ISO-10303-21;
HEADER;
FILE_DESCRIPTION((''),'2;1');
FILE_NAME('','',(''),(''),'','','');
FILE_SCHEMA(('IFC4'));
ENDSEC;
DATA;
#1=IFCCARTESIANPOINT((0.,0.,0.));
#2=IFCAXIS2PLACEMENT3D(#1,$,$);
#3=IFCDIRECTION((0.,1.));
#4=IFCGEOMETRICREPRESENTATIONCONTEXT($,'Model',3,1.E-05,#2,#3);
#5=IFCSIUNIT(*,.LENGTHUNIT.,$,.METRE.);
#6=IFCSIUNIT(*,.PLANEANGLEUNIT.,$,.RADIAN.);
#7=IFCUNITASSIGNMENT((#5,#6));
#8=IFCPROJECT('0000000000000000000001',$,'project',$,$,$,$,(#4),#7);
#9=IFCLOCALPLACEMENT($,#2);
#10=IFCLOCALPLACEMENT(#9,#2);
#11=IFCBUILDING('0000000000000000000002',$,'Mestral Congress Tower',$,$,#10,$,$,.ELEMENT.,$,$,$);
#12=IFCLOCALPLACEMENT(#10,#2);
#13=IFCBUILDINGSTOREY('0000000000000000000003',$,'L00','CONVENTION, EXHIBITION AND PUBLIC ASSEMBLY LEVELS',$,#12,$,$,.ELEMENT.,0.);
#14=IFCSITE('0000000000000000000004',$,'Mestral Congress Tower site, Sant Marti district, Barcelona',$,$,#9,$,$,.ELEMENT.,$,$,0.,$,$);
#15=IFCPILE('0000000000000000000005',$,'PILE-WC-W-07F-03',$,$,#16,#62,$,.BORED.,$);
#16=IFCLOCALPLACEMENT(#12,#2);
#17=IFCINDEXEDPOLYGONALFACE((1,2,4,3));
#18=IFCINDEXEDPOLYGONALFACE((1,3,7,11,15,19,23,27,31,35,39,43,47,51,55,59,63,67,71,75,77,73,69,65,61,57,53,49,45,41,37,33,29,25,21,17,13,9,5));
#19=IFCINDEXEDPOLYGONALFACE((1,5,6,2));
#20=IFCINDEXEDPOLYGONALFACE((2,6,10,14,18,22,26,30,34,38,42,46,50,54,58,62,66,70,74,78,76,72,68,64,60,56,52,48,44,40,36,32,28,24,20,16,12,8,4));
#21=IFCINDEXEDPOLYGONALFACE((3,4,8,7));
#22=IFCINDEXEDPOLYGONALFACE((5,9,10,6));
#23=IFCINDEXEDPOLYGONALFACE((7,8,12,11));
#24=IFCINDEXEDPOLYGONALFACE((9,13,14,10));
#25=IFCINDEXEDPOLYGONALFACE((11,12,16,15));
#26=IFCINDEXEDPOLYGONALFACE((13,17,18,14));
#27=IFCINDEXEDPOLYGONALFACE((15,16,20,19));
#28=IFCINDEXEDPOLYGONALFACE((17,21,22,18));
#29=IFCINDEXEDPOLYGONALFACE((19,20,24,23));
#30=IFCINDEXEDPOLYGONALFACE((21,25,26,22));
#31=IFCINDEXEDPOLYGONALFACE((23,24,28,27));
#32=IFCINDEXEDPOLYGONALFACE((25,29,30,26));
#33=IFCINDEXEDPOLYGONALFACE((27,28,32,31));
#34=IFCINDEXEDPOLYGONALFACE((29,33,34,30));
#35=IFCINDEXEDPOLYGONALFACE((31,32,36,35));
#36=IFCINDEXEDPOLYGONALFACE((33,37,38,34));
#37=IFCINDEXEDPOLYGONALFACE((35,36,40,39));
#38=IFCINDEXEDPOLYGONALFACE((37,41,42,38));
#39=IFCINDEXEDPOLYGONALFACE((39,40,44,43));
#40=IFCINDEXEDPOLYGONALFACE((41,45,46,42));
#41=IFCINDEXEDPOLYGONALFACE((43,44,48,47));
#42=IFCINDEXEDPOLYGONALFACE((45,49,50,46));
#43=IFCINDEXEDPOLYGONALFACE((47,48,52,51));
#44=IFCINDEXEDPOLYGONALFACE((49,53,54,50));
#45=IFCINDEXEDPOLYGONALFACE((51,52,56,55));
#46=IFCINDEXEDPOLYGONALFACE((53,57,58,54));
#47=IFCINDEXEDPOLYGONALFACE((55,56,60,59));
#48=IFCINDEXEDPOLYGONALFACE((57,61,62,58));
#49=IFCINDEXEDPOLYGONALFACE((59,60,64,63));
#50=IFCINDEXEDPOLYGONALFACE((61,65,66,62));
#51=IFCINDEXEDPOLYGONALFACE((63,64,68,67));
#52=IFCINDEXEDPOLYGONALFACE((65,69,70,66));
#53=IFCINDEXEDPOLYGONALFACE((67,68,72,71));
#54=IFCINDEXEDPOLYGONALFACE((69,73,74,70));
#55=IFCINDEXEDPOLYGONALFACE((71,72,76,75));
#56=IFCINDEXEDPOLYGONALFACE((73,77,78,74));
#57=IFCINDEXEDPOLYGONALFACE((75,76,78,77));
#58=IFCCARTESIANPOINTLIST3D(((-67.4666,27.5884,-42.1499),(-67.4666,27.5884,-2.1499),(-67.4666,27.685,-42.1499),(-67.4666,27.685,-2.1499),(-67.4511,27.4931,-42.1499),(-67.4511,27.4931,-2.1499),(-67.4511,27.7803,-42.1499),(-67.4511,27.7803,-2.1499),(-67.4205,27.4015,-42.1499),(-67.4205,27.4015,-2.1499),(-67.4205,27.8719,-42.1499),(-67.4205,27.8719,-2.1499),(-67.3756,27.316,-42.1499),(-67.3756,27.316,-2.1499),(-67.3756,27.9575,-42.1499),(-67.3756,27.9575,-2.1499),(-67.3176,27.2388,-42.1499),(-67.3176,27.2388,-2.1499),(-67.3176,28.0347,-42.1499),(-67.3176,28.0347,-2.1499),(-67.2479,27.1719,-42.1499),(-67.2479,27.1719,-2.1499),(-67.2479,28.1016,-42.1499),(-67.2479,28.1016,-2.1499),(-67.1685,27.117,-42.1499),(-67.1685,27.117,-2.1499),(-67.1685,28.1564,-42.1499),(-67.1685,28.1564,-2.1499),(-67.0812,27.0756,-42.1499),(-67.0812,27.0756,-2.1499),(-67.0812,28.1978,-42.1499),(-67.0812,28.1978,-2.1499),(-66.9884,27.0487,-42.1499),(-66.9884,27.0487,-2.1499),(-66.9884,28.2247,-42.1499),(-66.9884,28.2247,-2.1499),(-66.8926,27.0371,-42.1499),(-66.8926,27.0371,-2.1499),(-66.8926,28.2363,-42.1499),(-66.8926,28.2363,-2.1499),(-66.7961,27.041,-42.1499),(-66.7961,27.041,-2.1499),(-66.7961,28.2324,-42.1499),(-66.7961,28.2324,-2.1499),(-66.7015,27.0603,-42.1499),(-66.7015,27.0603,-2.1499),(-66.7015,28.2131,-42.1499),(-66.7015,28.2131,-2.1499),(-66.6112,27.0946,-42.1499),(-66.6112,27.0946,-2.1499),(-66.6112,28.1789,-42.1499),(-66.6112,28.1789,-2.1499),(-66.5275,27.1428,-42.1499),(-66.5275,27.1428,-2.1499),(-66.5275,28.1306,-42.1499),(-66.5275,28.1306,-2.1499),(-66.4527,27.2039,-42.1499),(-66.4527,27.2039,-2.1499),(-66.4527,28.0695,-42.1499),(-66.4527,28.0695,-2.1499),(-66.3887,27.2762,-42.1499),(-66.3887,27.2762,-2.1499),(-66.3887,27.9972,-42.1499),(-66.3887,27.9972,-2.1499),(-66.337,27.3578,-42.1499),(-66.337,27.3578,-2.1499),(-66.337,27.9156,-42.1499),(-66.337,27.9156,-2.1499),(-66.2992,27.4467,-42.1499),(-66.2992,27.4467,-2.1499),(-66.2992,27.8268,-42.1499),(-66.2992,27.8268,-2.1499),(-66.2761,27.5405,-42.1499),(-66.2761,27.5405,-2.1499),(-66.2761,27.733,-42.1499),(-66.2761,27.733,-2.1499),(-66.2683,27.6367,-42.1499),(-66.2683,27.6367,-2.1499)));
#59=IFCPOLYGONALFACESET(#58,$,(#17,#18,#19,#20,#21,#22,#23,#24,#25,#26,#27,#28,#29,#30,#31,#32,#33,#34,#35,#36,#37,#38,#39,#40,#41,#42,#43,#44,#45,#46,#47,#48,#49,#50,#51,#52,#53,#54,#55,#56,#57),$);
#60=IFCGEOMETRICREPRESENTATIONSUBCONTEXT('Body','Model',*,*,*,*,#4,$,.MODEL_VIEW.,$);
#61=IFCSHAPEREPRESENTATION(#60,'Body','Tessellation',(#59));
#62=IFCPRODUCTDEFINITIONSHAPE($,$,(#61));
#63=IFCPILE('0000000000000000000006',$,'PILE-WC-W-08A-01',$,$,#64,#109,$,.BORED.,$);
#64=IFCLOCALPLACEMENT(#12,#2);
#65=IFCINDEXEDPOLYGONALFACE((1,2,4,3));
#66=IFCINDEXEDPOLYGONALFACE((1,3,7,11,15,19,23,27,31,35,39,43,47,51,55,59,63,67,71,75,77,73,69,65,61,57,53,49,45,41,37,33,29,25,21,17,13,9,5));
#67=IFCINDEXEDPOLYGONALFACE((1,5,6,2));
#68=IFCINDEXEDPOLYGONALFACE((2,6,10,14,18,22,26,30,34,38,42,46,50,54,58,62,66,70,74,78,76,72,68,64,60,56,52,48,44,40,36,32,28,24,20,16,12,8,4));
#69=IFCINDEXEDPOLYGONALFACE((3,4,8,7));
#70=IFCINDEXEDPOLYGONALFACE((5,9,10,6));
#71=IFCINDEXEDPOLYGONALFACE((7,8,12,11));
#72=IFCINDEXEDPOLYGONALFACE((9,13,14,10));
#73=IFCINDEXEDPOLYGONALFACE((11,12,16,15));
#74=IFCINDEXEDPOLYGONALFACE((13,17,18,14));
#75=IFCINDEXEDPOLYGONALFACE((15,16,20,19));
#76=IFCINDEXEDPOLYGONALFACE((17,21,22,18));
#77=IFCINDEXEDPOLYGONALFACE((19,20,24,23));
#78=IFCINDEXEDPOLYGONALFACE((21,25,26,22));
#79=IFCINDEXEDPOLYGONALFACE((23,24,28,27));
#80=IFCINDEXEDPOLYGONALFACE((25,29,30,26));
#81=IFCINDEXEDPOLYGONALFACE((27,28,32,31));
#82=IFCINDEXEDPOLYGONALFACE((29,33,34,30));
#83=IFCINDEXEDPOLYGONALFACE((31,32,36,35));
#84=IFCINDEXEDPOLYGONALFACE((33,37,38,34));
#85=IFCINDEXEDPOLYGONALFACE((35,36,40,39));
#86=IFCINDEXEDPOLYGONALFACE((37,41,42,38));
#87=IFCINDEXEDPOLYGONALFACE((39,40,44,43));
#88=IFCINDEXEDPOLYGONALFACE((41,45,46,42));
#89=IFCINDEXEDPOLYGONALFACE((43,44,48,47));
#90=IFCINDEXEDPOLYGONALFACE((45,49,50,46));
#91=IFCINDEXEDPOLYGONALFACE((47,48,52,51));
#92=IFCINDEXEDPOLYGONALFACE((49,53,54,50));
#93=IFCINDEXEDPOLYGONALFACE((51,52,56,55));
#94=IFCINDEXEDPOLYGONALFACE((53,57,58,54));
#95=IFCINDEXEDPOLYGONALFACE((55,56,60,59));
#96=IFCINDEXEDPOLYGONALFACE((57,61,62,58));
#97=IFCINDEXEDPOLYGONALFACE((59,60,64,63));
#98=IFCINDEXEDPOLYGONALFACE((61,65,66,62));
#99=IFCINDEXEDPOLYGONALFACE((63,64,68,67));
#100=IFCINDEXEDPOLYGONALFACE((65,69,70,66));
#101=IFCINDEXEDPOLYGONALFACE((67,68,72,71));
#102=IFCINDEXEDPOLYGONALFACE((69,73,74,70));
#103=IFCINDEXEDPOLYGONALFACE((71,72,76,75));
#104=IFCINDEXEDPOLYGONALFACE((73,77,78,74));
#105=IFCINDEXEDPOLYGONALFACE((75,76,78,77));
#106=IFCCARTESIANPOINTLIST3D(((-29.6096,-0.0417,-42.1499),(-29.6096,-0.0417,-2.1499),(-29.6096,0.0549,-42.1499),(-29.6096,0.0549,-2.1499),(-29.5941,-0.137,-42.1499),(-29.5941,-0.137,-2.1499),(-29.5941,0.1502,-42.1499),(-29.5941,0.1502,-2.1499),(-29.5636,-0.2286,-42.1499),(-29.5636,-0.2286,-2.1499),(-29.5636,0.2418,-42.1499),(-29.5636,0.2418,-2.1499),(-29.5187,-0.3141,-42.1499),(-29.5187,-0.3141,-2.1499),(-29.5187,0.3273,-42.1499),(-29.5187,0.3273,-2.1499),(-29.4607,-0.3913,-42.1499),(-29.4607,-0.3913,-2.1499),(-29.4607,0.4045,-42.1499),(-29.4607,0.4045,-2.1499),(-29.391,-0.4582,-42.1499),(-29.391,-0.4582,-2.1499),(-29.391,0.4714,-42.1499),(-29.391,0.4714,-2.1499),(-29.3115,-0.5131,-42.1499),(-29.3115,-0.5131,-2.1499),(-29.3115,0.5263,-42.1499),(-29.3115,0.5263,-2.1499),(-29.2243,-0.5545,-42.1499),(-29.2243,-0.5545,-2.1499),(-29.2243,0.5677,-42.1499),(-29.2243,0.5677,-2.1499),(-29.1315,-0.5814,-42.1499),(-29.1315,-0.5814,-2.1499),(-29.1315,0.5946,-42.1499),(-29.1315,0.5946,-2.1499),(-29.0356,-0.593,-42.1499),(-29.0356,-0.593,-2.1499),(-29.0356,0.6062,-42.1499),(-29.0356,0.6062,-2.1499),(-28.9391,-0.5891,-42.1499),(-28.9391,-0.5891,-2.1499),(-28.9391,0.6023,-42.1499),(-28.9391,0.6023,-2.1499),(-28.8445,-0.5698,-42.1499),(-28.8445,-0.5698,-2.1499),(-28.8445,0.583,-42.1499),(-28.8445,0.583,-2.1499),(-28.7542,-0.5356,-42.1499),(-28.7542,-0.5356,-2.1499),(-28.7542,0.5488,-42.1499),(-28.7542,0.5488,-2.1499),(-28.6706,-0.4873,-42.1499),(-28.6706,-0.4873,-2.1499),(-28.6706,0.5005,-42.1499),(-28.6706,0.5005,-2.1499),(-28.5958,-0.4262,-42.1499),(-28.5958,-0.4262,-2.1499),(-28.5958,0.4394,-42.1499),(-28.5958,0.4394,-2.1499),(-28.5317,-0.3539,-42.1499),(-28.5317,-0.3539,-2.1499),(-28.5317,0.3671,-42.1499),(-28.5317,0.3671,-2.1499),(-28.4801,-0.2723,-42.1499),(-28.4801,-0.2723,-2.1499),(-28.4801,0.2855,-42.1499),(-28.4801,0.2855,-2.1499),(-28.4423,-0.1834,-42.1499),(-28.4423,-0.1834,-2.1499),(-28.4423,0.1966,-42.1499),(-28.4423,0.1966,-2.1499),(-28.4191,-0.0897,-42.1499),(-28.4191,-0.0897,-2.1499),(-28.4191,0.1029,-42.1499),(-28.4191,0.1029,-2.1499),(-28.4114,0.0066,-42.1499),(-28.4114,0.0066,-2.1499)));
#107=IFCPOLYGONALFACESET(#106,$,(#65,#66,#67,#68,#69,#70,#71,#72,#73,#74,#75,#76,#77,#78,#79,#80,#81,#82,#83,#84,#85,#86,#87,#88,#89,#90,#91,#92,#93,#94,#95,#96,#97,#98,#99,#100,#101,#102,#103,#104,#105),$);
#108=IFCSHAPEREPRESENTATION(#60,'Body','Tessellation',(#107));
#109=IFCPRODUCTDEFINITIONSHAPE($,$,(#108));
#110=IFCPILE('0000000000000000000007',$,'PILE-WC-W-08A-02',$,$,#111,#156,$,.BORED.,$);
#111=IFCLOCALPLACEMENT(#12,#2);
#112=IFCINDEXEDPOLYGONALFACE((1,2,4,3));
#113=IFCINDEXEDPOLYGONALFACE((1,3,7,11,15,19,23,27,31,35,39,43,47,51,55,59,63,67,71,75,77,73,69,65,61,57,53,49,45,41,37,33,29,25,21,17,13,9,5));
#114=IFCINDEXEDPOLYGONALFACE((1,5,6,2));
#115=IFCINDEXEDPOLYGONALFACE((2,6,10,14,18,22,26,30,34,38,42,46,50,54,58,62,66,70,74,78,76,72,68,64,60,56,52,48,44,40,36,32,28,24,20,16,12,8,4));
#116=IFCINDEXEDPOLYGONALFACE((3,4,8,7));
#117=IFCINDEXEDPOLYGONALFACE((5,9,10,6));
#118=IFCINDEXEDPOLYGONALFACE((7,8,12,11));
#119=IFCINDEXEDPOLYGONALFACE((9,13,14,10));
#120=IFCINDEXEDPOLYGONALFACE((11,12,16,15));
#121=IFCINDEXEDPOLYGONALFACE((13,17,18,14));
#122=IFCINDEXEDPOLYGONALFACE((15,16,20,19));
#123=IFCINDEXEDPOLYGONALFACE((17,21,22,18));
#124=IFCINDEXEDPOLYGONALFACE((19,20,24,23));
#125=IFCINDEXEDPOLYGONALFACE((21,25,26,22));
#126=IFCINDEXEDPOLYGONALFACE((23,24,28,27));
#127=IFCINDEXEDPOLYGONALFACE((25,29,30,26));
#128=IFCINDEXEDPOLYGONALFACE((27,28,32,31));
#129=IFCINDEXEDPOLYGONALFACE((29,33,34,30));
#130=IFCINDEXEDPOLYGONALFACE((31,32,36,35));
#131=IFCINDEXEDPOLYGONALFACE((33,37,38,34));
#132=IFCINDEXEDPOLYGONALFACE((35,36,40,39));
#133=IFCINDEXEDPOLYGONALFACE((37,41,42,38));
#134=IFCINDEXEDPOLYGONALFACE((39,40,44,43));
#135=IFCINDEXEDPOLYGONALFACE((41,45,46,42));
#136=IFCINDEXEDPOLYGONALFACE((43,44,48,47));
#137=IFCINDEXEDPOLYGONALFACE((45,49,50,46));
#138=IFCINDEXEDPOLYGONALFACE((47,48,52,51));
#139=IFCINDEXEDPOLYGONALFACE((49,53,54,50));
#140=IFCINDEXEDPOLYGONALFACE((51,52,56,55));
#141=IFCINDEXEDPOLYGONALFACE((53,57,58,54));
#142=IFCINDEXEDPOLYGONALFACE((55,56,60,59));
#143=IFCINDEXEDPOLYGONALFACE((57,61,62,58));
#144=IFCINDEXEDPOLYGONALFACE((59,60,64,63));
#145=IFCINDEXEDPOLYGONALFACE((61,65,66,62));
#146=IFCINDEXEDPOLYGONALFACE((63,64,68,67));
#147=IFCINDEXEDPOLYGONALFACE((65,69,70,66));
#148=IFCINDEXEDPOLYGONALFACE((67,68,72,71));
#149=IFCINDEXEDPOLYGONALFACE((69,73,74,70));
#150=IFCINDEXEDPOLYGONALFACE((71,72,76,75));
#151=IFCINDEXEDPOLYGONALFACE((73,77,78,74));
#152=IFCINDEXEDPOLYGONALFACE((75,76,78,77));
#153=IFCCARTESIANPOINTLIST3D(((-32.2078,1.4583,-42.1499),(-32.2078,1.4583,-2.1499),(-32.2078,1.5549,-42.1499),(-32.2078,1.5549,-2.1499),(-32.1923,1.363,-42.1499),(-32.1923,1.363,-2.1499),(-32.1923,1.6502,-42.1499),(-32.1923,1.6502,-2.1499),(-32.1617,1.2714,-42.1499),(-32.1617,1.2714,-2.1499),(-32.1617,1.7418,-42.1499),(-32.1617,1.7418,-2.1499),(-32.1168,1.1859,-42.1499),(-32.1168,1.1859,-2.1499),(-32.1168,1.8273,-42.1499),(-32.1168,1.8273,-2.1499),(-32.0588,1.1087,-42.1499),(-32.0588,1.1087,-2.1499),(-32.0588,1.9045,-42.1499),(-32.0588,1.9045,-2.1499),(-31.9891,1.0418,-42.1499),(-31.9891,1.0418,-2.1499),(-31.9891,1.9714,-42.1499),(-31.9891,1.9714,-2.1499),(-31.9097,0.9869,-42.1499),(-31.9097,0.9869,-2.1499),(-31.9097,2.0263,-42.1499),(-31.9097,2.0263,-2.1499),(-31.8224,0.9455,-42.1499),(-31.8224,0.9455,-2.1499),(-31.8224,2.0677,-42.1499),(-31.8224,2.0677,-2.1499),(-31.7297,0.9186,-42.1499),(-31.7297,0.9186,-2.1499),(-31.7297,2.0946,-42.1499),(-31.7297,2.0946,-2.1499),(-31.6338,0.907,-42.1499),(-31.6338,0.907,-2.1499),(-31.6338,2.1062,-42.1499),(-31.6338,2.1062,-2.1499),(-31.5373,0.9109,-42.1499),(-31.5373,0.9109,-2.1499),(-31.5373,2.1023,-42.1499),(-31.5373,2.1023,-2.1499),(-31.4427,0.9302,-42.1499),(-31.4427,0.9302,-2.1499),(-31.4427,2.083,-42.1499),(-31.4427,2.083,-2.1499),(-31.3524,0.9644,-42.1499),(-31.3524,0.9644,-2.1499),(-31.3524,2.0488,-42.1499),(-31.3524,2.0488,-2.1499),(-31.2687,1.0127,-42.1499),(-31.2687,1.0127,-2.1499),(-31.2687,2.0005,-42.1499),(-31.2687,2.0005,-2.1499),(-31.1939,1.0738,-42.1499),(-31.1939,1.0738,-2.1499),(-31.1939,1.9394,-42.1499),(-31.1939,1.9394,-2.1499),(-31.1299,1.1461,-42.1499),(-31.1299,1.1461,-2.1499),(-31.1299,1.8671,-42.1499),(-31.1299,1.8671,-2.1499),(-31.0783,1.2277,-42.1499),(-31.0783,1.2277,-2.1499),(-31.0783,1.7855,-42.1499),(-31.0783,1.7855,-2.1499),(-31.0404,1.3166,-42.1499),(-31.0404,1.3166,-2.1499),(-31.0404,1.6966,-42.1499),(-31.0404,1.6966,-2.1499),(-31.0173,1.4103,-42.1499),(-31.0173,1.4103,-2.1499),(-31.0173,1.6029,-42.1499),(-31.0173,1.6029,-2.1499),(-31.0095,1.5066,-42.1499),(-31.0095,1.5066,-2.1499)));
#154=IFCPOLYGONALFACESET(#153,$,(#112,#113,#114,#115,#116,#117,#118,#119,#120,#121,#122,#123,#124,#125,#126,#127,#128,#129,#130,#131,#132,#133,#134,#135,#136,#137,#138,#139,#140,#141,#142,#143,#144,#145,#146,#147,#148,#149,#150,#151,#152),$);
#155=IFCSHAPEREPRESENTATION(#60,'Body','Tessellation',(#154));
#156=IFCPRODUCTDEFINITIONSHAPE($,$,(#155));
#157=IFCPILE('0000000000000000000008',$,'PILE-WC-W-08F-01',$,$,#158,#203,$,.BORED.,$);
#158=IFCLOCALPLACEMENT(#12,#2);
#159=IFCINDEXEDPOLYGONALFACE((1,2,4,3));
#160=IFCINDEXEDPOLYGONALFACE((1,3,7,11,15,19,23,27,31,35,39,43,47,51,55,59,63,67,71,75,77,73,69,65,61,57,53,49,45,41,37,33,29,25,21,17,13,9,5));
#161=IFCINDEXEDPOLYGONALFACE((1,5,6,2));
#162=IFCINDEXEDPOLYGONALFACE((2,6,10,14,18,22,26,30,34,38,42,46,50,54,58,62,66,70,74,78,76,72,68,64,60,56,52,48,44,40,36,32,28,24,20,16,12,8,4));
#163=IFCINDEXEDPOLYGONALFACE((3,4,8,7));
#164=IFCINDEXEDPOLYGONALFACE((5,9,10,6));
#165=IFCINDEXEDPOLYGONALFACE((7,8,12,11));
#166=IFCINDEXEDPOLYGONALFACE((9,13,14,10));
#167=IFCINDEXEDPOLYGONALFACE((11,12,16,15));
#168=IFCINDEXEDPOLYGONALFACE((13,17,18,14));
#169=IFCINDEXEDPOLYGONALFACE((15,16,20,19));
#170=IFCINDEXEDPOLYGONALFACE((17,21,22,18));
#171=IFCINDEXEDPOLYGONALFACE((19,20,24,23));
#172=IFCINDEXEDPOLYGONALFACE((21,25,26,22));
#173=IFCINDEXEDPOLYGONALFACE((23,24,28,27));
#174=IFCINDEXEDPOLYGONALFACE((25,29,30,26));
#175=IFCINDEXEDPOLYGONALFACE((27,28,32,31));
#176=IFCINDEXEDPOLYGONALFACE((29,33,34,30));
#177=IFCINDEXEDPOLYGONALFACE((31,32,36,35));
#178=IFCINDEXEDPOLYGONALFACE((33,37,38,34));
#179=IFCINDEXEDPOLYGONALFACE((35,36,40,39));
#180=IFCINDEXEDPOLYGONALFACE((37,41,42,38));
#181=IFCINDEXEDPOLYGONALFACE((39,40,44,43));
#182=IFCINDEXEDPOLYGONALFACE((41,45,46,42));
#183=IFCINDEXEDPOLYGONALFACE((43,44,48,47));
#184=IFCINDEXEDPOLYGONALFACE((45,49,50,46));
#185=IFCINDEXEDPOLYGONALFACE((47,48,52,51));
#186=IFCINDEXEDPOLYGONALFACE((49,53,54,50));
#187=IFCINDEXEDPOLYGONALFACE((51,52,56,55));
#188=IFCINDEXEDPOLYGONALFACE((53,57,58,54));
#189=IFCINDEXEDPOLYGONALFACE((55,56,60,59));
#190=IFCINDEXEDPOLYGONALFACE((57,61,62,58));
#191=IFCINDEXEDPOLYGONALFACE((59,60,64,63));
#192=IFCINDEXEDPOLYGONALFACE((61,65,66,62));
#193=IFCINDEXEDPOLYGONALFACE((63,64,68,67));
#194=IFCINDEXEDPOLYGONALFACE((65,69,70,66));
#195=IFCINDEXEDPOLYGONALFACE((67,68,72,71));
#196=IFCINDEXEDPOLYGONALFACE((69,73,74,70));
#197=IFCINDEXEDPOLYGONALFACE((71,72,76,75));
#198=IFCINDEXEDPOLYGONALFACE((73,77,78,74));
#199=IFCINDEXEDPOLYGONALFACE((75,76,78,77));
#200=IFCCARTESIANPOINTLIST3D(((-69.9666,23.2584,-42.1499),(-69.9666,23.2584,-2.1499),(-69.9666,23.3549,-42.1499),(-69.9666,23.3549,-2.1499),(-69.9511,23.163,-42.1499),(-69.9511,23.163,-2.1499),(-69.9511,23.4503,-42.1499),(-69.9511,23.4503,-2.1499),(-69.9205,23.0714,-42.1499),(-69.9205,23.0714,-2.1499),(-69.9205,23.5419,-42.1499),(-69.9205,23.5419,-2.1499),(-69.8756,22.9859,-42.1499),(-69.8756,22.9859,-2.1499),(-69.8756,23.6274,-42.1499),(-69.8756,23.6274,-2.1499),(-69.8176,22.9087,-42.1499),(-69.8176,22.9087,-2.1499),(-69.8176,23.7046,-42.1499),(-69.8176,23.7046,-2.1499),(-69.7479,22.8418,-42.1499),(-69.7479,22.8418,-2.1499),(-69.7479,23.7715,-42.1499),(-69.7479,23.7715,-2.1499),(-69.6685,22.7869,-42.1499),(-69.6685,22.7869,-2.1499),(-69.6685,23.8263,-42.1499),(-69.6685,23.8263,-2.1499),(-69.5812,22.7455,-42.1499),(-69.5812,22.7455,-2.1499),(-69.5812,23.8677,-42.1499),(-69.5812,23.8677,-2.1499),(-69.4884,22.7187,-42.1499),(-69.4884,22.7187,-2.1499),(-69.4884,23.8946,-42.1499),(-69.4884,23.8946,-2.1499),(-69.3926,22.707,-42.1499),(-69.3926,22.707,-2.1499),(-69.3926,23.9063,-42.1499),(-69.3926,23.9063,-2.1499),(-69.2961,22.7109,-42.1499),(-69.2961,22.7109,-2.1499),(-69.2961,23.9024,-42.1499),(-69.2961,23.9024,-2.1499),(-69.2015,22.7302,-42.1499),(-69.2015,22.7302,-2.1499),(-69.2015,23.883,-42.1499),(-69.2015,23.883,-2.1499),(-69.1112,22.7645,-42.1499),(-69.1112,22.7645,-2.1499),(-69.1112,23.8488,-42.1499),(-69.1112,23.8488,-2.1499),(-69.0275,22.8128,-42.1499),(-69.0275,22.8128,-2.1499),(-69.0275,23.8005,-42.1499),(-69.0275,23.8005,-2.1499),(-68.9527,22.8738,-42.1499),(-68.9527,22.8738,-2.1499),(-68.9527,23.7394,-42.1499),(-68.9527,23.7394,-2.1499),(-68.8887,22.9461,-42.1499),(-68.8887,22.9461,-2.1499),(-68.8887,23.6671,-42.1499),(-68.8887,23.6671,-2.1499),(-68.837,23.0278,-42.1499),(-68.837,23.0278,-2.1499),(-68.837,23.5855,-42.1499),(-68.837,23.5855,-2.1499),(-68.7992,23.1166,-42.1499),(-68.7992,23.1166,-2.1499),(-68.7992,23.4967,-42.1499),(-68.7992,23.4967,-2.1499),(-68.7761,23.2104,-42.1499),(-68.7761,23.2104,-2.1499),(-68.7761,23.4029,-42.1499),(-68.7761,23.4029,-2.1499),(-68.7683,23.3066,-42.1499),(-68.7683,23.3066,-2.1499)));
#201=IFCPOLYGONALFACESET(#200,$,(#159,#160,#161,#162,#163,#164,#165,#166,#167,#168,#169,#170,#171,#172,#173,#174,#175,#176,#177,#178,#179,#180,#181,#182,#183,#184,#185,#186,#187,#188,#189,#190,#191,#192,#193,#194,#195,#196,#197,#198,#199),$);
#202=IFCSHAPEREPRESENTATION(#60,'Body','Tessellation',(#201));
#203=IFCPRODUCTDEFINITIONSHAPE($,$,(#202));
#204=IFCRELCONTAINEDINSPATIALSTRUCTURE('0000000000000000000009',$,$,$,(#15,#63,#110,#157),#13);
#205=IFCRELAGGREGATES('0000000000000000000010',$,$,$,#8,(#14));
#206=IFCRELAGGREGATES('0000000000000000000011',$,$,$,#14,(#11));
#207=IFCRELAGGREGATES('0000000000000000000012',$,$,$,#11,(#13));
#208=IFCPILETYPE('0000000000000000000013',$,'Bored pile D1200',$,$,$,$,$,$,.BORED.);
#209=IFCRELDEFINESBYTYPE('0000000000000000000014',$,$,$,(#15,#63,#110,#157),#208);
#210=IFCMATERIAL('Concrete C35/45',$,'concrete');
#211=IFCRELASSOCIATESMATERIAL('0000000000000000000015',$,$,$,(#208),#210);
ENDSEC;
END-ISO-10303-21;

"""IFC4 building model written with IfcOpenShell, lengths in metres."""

from ifc_helpers import new_model, si_unit, direction, frame, origin, origin_2d, place, context, subcontext, project, spatial, circle, extrude, material, material_profile, profile_set, type_object, element, save


model = new_model("IFC4")

# Units and contexts
model_context = context("Model", 3, precision=1e-05, world=origin(), true_north=direction((0.0, 1.0)))
body_context = subcontext(model_context, "Body", "Model", "MODEL_VIEW")
ifc_project = project(units=[si_unit("LENGTHUNIT", "METRE"), si_unit("PLANEANGLEUNIT", "RADIAN")], contexts=[model_context])

# Site, building, storey
site_placement = place(None, origin())
site = spatial("IfcSite", under=ifc_project, at=site_placement, Name="Mestral Congress Tower site, Sant Marti district, Barcelona", CompositionType="ELEMENT", RefElevation=0.0)
building_placement = place(site_placement, origin())
building = spatial("IfcBuilding", under=site, at=building_placement, Name="Mestral Congress Tower", CompositionType="ELEMENT")
storey_placement = place(building_placement, origin())
storey = spatial("IfcBuildingStorey", under=building, at=storey_placement, Name="L00", Description="CONVENTION, EXHIBITION AND PUBLIC ASSEMBLY LEVELS", CompositionType="ELEMENT", Elevation=0.0)

# Piles
ifc_material_1 = material(Name="Concrete C35/45", Category="concrete")
ifc_material_profile_1 = material_profile(ifc_material_1, circle(Radius=0.6001, at=origin_2d()), Name="D1200")
ifc_profile_set_1 = profile_set([ifc_material_profile_1], Name="Concrete C35/45")
pile_type_1 = type_object("IfcPileType", Name="Bored pile D1200", PredefinedType="BORED", material=ifc_profile_set_1)
for number, where, z_axis, x_axis, name in (
    (1, (-66.8684, 27.6367, -2.1499), (0.0, 0.0, -1.0), (1.0, 0.0, 0.0), "PILE-WC-W-07F-03"),
    (2, (-29.0115, 0.0066, -2.1499), (0.0, 0.0, -1.0), (1.0, 0.0, 0.0), "PILE-WC-W-08A-01"),
    (3, (-31.6096, 1.5066, -2.1499), (0.0, 0.0, -1.0), (1.0, 0.0, 0.0), "PILE-WC-W-08A-02"),
    (4, (-69.3684, 23.3066, -2.1499), (0.0, 0.0, -1.0), (1.0, 0.0, 0.0), "PILE-WC-W-08F-01"),
):
    element("IfcPile", number, at=place(storey_placement, frame(where, z_axis=z_axis, x_axis=x_axis)), inside=storey, type_object=pile_type_1, Name=name, PredefinedType="BORED", context=body_context, shape_type="SweptSolid", body=[
        extrude(circle(Radius=0.6001, at=origin_2d()), origin(), (0.0, 0.0, 1.0), 40.0),
    ])

save(model, "model.ifc")
